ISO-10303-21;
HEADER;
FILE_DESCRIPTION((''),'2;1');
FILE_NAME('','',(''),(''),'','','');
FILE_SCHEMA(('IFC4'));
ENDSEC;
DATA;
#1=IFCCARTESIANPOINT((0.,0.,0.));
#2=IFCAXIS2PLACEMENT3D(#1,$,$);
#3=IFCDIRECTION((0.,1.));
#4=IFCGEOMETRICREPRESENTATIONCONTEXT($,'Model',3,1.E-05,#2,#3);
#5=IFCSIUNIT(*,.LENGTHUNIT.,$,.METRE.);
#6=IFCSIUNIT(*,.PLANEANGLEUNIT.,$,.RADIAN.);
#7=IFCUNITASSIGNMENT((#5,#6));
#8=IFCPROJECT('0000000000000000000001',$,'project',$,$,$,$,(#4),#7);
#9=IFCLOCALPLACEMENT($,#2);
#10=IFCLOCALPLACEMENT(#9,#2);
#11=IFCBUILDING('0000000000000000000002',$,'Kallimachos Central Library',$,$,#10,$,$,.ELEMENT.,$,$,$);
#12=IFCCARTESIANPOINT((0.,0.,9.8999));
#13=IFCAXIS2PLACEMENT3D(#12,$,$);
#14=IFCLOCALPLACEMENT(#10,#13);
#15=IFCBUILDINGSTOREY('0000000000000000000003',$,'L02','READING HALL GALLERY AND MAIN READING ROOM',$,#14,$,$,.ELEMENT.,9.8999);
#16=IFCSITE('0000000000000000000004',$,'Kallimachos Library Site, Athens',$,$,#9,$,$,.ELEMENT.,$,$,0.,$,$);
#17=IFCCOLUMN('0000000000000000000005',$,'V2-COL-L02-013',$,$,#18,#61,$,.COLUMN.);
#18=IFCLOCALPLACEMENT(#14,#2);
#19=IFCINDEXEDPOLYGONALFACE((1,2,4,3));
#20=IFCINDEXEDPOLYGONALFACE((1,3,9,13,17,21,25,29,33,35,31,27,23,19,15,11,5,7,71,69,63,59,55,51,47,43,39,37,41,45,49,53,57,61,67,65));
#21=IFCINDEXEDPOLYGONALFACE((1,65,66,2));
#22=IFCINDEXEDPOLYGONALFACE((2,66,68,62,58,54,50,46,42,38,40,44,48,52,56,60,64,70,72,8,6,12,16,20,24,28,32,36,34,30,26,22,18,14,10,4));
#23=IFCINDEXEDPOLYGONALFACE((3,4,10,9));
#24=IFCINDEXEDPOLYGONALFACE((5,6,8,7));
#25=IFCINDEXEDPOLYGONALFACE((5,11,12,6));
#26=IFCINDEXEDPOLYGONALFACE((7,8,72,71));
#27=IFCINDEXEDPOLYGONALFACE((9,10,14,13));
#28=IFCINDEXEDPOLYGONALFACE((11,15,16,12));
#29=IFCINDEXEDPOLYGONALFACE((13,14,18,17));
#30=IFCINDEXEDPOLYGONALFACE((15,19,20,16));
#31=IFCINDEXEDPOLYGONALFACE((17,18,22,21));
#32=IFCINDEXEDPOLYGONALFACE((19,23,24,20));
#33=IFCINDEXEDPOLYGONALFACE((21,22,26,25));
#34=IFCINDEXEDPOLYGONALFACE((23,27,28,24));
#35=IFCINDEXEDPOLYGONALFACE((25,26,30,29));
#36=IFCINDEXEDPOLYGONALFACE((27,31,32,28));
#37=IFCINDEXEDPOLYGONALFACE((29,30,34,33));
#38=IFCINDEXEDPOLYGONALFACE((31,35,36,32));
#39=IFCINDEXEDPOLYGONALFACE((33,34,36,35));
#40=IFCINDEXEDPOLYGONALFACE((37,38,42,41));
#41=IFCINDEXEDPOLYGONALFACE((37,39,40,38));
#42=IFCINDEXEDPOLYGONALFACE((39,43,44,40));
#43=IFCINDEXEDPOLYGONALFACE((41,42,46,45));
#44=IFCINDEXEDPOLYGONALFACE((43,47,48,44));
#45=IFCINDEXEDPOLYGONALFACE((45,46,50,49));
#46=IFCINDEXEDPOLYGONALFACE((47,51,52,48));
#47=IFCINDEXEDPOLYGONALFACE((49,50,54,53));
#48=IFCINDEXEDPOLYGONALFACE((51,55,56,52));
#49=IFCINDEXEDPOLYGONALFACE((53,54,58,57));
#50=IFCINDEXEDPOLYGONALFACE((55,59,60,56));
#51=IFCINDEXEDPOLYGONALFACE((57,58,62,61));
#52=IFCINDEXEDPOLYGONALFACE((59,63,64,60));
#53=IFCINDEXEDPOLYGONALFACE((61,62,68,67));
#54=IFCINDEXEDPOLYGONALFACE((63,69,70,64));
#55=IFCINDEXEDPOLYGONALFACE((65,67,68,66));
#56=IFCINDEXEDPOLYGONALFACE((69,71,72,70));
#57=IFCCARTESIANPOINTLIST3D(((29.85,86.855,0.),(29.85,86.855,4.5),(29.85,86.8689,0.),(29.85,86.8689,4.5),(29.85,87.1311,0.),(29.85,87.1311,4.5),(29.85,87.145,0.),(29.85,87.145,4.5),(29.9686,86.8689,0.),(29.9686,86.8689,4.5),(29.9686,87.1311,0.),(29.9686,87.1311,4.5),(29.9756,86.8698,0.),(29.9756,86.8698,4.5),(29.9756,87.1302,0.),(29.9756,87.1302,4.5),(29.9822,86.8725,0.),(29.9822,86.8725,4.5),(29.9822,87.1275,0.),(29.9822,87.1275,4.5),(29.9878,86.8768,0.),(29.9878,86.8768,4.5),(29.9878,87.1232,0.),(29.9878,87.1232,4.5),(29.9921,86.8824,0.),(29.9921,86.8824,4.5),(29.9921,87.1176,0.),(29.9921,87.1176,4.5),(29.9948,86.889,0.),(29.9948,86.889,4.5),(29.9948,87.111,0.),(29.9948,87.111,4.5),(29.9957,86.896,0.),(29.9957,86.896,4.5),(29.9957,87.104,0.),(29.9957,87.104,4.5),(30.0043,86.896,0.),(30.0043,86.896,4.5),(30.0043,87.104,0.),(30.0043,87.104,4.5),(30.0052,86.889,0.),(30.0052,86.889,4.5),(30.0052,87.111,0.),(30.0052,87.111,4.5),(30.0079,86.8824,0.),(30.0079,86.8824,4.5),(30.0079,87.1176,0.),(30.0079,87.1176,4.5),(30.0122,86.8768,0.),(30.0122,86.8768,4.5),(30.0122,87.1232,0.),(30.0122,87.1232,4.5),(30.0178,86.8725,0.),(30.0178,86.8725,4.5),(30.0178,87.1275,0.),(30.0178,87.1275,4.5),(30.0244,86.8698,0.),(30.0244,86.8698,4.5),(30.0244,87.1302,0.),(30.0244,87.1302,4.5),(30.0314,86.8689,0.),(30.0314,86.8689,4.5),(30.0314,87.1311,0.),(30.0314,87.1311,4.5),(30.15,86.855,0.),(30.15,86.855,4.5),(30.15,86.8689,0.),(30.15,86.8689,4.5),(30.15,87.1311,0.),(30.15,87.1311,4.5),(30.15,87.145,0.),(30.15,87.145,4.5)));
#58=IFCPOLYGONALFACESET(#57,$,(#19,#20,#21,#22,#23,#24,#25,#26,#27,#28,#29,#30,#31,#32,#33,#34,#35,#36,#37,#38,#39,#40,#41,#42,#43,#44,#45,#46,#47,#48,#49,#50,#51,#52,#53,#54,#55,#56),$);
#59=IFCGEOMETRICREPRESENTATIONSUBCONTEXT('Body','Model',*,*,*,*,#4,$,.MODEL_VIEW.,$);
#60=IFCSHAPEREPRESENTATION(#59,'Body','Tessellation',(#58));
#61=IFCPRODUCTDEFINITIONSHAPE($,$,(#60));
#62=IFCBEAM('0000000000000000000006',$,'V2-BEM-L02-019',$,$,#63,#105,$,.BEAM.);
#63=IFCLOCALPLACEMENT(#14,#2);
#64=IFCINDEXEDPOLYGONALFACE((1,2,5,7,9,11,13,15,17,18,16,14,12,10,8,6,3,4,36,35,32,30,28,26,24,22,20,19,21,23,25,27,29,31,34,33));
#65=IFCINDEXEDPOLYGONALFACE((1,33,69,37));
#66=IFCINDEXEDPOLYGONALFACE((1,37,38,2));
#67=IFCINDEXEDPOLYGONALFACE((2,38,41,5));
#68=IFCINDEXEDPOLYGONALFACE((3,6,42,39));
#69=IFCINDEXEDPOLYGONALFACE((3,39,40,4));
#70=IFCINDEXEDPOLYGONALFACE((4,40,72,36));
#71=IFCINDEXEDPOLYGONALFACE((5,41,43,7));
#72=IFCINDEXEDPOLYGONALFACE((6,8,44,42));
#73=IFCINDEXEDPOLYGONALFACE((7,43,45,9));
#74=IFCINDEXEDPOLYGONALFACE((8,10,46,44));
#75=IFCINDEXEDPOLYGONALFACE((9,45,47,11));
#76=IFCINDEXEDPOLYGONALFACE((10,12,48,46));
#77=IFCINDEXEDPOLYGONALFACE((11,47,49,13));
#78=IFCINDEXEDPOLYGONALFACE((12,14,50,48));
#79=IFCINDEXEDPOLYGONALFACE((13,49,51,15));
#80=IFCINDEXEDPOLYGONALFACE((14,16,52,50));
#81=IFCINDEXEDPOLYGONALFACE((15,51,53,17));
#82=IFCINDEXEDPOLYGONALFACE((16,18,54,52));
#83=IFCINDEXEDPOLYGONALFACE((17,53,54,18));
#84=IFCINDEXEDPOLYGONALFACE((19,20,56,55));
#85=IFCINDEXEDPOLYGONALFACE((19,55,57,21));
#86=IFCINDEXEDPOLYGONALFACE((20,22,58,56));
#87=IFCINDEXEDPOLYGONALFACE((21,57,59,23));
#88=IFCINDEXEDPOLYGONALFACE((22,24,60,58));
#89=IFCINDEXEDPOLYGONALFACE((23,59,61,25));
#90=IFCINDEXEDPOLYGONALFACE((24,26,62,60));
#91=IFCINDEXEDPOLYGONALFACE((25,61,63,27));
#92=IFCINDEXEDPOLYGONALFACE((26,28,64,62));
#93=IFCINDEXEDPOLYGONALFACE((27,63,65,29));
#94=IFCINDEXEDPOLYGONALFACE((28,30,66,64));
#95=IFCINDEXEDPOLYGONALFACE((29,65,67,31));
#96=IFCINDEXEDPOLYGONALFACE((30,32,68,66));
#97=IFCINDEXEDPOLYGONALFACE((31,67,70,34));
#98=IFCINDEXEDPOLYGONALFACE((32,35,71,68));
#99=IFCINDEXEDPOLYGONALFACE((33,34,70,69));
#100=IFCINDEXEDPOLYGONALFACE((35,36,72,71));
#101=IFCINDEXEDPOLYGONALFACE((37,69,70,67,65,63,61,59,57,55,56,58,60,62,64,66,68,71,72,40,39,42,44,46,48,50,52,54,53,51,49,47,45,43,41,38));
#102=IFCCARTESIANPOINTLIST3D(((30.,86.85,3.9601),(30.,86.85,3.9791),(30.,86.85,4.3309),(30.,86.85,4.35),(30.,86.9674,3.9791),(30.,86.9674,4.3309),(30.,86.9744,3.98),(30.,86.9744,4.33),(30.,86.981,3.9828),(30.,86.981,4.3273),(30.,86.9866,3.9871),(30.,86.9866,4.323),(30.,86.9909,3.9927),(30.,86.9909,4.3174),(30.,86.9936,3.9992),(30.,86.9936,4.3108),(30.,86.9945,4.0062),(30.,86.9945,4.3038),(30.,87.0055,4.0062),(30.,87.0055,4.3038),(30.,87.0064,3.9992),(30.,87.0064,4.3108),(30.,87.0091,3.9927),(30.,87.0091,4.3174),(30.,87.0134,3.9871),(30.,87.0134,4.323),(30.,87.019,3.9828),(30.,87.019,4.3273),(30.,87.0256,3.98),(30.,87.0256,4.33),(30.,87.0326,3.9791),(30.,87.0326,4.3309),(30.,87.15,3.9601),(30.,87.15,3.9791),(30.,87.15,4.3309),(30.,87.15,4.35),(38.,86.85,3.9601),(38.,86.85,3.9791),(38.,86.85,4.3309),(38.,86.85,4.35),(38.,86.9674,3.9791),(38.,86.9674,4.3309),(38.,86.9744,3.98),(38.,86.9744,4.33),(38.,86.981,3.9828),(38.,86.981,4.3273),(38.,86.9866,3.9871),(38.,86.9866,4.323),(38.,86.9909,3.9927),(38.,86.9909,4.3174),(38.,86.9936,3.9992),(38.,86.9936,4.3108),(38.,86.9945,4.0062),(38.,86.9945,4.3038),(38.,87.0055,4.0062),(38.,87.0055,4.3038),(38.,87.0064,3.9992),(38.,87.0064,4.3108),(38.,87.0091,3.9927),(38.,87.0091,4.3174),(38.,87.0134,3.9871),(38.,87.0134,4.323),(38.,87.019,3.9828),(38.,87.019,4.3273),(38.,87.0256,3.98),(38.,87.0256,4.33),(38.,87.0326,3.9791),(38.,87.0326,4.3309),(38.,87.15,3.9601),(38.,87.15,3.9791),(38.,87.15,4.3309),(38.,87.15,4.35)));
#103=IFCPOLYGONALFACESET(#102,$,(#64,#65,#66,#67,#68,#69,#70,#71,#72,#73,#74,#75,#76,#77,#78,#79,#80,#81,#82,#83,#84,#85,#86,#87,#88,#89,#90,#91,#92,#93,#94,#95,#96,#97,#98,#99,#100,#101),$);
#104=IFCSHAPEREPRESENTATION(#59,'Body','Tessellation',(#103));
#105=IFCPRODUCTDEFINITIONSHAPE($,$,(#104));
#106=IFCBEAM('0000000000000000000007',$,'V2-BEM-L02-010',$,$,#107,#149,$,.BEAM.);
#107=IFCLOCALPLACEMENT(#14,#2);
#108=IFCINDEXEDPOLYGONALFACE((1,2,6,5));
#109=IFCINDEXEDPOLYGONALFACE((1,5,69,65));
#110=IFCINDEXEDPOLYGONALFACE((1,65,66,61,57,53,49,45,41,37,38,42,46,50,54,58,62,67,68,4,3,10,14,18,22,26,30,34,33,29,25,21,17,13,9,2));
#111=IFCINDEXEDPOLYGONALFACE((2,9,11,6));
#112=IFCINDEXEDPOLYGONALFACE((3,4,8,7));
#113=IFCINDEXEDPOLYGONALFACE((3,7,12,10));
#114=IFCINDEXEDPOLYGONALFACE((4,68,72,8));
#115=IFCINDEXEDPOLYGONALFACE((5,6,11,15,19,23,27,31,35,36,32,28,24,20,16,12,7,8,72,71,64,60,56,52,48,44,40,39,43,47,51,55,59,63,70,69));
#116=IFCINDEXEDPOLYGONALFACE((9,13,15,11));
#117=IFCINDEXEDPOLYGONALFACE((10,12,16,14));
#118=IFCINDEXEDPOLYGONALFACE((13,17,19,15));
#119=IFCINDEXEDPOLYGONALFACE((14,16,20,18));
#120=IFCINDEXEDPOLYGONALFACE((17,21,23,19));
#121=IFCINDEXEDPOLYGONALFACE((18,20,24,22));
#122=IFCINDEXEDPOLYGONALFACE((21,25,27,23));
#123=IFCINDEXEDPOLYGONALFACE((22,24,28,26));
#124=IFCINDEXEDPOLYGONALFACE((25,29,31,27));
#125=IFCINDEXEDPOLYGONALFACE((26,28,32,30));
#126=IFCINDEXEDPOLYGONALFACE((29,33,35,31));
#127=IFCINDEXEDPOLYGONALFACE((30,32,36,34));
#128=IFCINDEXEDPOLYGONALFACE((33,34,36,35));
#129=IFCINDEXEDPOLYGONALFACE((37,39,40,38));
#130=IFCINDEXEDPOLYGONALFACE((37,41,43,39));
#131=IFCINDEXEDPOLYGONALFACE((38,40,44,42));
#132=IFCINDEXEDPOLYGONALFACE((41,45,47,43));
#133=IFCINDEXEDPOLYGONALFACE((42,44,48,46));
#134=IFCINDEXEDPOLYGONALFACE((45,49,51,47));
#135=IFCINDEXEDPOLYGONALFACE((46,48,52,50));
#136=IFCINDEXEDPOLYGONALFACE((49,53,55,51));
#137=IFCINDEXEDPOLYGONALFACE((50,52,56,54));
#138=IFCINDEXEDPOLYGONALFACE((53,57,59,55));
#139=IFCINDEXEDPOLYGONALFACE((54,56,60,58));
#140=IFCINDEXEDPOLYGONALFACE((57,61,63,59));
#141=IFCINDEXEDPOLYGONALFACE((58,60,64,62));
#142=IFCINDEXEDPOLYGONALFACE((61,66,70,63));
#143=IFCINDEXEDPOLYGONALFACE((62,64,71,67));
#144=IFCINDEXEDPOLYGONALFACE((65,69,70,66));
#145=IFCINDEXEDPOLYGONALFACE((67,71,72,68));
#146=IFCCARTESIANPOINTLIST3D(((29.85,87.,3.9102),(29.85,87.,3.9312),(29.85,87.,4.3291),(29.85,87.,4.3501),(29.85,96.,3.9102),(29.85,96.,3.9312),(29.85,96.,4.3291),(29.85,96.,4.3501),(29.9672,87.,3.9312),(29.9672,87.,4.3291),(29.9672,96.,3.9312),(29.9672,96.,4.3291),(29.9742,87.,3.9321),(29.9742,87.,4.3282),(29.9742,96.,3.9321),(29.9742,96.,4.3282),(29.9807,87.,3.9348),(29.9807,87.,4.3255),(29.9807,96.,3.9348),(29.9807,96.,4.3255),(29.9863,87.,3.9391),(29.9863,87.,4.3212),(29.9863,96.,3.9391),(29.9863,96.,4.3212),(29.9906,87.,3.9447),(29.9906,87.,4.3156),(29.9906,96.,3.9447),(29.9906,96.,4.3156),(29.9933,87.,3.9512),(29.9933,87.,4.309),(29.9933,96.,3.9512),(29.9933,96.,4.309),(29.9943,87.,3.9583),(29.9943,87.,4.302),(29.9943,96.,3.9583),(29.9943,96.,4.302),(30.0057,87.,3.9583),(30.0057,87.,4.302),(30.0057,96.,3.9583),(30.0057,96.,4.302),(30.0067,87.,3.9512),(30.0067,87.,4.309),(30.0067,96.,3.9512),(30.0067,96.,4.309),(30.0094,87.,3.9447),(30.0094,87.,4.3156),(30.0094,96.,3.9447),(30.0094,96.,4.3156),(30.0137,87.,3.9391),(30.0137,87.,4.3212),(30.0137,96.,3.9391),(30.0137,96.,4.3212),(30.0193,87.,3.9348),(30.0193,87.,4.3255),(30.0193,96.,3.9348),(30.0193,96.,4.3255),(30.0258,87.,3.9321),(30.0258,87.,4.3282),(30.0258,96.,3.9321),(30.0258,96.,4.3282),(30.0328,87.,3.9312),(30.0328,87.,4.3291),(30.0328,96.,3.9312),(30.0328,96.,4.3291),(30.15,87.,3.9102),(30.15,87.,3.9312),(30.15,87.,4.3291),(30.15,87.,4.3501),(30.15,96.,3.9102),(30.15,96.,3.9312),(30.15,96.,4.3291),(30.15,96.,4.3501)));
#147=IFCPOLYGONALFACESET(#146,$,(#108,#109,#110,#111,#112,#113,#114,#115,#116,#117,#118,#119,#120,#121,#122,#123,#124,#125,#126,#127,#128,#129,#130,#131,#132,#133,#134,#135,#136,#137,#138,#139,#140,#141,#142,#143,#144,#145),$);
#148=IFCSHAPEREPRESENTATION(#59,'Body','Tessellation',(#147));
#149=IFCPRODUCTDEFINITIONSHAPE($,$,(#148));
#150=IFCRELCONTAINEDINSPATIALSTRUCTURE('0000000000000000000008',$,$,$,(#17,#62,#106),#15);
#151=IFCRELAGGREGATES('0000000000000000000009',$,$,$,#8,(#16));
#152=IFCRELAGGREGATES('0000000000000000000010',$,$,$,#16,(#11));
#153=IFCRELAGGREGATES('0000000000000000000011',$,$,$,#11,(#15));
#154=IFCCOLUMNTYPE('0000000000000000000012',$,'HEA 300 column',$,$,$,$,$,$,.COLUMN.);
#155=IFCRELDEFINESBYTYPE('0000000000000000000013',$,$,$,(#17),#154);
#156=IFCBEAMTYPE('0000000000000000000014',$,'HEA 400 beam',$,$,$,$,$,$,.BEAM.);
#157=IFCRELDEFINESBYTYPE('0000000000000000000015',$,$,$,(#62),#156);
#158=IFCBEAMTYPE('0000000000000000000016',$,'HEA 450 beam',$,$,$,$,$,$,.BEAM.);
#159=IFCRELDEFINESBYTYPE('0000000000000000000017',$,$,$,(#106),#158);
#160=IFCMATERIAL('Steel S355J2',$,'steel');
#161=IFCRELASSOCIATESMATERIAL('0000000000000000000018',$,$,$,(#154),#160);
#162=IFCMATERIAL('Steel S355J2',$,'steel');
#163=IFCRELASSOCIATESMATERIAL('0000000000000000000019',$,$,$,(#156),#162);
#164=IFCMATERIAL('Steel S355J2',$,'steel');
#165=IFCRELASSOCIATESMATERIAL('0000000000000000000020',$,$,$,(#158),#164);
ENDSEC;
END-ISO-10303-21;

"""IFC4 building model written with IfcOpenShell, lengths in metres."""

from ifc_helpers import new_model, si_unit, direction, frame, origin, origin_2d, place, context, subcontext, project, spatial, i_section, extrude, material, material_profile, profile_set, type_object, element, save


model = new_model("IFC4")

# Units and contexts
model_context = context("Model", 3, precision=1e-05, world=origin(), true_north=direction((0.0, 1.0)))
body_context = subcontext(model_context, "Body", "Model", "MODEL_VIEW")
ifc_project = project(units=[si_unit("LENGTHUNIT", "METRE"), si_unit("PLANEANGLEUNIT", "RADIAN")], contexts=[model_context])

# Site, building, storey
site_placement = place(None, origin())
site = spatial("IfcSite", under=ifc_project, at=site_placement, Name="Kallimachos Library Site, Athens", CompositionType="ELEMENT", RefElevation=0.0)
building_placement = place(site_placement, origin())
building = spatial("IfcBuilding", under=site, at=building_placement, Name="Kallimachos Central Library", CompositionType="ELEMENT")
storey_placement = place(building_placement, frame((0.0, 0.0, 9.8999)))
storey = spatial("IfcBuildingStorey", under=building, at=storey_placement, Name="L02", Description="READING HALL GALLERY AND MAIN READING ROOM", CompositionType="ELEMENT", Elevation=9.8999)

# Column
ifc_material_1 = material(Name="Steel S355J2", Category="steel")
ifc_material_profile_1 = material_profile(ifc_material_1, i_section(OverallWidth=0.3, OverallDepth=0.29, WebThickness=0.0085, FlangeThickness=0.0139, FilletRadius=0.0271, at=origin_2d()), Name="HEA 300")
ifc_profile_set_1 = profile_set([ifc_material_profile_1], Name="Steel S355J2")
column_type = type_object("IfcColumnType", Name="HEA 300 column", PredefinedType="COLUMN", material=ifc_profile_set_1)
column_placement = place(storey_placement, frame((30.0, 87.0, 0.0), z_axis=(0.0, 0.0, 1.0), x_axis=(1.0, 0.0, 0.0)))
element("IfcColumn", 1, at=column_placement, inside=storey, type_object=column_type, Name="V2-COL-L02-013", PredefinedType="COLUMN", context=body_context, shape_type="SweptSolid", body=[
    extrude(i_section(OverallWidth=0.3, OverallDepth=0.29, WebThickness=0.0085, FlangeThickness=0.0139, FilletRadius=0.0271, at=origin_2d()), origin(), (0.0, 0.0, 1.0), 4.5),
])

# Beams
ifc_material_2 = material(Name="Steel S355J2", Category="steel")
ifc_material_profile_2 = material_profile(ifc_material_2, i_section(OverallWidth=0.3, OverallDepth=0.3899, WebThickness=0.011, FlangeThickness=0.019, FilletRadius=0.0271, at=origin_2d()), Name="HEA 400")
ifc_profile_set_2 = profile_set([ifc_material_profile_2], Name="Steel S355J2")
beam_type_1 = type_object("IfcBeamType", Name="HEA 400 beam", PredefinedType="BEAM", material=ifc_profile_set_2)
beam_1_placement = place(storey_placement, frame((30.0, 87.0, 4.155), z_axis=(1.0, 0.0, 0.0), x_axis=(0.0, 1.0, 0.0)))
element("IfcBeam", 2, at=beam_1_placement, inside=storey, type_object=beam_type_1, Name="V2-BEM-L02-019", PredefinedType="BEAM", context=body_context, shape_type="SweptSolid", body=[
    extrude(i_section(OverallWidth=0.3, OverallDepth=0.3899, WebThickness=0.011, FlangeThickness=0.019, FilletRadius=0.0271, at=origin_2d()), origin(), (0.0, 0.0, 1.0), 8.0),
])
ifc_material_3 = material(Name="Steel S355J2", Category="steel")
ifc_material_profile_3 = material_profile(ifc_material_3, i_section(OverallWidth=0.3, OverallDepth=0.4399, WebThickness=0.0115, FlangeThickness=0.021, FilletRadius=0.0271, at=origin_2d()), Name="HEA 450")
ifc_profile_set_3 = profile_set([ifc_material_profile_3], Name="Steel S355J2")
beam_type_2 = type_object("IfcBeamType", Name="HEA 450 beam", PredefinedType="BEAM", material=ifc_profile_set_3)
beam_2_placement = place(storey_placement, frame((30.0, 87.0, 4.1301), z_axis=(0.0, 1.0, 0.0), x_axis=(-1.0, 0.0, 0.0)))
element("IfcBeam", 3, at=beam_2_placement, inside=storey, type_object=beam_type_2, Name="V2-BEM-L02-010", PredefinedType="BEAM", context=body_context, shape_type="SweptSolid", body=[
    extrude(i_section(OverallWidth=0.3, OverallDepth=0.4399, WebThickness=0.0115, FlangeThickness=0.021, FilletRadius=0.0271, at=origin_2d()), origin(), (0.0, 0.0, 1.0), 9.0),
])

save(model, "model.ifc")
